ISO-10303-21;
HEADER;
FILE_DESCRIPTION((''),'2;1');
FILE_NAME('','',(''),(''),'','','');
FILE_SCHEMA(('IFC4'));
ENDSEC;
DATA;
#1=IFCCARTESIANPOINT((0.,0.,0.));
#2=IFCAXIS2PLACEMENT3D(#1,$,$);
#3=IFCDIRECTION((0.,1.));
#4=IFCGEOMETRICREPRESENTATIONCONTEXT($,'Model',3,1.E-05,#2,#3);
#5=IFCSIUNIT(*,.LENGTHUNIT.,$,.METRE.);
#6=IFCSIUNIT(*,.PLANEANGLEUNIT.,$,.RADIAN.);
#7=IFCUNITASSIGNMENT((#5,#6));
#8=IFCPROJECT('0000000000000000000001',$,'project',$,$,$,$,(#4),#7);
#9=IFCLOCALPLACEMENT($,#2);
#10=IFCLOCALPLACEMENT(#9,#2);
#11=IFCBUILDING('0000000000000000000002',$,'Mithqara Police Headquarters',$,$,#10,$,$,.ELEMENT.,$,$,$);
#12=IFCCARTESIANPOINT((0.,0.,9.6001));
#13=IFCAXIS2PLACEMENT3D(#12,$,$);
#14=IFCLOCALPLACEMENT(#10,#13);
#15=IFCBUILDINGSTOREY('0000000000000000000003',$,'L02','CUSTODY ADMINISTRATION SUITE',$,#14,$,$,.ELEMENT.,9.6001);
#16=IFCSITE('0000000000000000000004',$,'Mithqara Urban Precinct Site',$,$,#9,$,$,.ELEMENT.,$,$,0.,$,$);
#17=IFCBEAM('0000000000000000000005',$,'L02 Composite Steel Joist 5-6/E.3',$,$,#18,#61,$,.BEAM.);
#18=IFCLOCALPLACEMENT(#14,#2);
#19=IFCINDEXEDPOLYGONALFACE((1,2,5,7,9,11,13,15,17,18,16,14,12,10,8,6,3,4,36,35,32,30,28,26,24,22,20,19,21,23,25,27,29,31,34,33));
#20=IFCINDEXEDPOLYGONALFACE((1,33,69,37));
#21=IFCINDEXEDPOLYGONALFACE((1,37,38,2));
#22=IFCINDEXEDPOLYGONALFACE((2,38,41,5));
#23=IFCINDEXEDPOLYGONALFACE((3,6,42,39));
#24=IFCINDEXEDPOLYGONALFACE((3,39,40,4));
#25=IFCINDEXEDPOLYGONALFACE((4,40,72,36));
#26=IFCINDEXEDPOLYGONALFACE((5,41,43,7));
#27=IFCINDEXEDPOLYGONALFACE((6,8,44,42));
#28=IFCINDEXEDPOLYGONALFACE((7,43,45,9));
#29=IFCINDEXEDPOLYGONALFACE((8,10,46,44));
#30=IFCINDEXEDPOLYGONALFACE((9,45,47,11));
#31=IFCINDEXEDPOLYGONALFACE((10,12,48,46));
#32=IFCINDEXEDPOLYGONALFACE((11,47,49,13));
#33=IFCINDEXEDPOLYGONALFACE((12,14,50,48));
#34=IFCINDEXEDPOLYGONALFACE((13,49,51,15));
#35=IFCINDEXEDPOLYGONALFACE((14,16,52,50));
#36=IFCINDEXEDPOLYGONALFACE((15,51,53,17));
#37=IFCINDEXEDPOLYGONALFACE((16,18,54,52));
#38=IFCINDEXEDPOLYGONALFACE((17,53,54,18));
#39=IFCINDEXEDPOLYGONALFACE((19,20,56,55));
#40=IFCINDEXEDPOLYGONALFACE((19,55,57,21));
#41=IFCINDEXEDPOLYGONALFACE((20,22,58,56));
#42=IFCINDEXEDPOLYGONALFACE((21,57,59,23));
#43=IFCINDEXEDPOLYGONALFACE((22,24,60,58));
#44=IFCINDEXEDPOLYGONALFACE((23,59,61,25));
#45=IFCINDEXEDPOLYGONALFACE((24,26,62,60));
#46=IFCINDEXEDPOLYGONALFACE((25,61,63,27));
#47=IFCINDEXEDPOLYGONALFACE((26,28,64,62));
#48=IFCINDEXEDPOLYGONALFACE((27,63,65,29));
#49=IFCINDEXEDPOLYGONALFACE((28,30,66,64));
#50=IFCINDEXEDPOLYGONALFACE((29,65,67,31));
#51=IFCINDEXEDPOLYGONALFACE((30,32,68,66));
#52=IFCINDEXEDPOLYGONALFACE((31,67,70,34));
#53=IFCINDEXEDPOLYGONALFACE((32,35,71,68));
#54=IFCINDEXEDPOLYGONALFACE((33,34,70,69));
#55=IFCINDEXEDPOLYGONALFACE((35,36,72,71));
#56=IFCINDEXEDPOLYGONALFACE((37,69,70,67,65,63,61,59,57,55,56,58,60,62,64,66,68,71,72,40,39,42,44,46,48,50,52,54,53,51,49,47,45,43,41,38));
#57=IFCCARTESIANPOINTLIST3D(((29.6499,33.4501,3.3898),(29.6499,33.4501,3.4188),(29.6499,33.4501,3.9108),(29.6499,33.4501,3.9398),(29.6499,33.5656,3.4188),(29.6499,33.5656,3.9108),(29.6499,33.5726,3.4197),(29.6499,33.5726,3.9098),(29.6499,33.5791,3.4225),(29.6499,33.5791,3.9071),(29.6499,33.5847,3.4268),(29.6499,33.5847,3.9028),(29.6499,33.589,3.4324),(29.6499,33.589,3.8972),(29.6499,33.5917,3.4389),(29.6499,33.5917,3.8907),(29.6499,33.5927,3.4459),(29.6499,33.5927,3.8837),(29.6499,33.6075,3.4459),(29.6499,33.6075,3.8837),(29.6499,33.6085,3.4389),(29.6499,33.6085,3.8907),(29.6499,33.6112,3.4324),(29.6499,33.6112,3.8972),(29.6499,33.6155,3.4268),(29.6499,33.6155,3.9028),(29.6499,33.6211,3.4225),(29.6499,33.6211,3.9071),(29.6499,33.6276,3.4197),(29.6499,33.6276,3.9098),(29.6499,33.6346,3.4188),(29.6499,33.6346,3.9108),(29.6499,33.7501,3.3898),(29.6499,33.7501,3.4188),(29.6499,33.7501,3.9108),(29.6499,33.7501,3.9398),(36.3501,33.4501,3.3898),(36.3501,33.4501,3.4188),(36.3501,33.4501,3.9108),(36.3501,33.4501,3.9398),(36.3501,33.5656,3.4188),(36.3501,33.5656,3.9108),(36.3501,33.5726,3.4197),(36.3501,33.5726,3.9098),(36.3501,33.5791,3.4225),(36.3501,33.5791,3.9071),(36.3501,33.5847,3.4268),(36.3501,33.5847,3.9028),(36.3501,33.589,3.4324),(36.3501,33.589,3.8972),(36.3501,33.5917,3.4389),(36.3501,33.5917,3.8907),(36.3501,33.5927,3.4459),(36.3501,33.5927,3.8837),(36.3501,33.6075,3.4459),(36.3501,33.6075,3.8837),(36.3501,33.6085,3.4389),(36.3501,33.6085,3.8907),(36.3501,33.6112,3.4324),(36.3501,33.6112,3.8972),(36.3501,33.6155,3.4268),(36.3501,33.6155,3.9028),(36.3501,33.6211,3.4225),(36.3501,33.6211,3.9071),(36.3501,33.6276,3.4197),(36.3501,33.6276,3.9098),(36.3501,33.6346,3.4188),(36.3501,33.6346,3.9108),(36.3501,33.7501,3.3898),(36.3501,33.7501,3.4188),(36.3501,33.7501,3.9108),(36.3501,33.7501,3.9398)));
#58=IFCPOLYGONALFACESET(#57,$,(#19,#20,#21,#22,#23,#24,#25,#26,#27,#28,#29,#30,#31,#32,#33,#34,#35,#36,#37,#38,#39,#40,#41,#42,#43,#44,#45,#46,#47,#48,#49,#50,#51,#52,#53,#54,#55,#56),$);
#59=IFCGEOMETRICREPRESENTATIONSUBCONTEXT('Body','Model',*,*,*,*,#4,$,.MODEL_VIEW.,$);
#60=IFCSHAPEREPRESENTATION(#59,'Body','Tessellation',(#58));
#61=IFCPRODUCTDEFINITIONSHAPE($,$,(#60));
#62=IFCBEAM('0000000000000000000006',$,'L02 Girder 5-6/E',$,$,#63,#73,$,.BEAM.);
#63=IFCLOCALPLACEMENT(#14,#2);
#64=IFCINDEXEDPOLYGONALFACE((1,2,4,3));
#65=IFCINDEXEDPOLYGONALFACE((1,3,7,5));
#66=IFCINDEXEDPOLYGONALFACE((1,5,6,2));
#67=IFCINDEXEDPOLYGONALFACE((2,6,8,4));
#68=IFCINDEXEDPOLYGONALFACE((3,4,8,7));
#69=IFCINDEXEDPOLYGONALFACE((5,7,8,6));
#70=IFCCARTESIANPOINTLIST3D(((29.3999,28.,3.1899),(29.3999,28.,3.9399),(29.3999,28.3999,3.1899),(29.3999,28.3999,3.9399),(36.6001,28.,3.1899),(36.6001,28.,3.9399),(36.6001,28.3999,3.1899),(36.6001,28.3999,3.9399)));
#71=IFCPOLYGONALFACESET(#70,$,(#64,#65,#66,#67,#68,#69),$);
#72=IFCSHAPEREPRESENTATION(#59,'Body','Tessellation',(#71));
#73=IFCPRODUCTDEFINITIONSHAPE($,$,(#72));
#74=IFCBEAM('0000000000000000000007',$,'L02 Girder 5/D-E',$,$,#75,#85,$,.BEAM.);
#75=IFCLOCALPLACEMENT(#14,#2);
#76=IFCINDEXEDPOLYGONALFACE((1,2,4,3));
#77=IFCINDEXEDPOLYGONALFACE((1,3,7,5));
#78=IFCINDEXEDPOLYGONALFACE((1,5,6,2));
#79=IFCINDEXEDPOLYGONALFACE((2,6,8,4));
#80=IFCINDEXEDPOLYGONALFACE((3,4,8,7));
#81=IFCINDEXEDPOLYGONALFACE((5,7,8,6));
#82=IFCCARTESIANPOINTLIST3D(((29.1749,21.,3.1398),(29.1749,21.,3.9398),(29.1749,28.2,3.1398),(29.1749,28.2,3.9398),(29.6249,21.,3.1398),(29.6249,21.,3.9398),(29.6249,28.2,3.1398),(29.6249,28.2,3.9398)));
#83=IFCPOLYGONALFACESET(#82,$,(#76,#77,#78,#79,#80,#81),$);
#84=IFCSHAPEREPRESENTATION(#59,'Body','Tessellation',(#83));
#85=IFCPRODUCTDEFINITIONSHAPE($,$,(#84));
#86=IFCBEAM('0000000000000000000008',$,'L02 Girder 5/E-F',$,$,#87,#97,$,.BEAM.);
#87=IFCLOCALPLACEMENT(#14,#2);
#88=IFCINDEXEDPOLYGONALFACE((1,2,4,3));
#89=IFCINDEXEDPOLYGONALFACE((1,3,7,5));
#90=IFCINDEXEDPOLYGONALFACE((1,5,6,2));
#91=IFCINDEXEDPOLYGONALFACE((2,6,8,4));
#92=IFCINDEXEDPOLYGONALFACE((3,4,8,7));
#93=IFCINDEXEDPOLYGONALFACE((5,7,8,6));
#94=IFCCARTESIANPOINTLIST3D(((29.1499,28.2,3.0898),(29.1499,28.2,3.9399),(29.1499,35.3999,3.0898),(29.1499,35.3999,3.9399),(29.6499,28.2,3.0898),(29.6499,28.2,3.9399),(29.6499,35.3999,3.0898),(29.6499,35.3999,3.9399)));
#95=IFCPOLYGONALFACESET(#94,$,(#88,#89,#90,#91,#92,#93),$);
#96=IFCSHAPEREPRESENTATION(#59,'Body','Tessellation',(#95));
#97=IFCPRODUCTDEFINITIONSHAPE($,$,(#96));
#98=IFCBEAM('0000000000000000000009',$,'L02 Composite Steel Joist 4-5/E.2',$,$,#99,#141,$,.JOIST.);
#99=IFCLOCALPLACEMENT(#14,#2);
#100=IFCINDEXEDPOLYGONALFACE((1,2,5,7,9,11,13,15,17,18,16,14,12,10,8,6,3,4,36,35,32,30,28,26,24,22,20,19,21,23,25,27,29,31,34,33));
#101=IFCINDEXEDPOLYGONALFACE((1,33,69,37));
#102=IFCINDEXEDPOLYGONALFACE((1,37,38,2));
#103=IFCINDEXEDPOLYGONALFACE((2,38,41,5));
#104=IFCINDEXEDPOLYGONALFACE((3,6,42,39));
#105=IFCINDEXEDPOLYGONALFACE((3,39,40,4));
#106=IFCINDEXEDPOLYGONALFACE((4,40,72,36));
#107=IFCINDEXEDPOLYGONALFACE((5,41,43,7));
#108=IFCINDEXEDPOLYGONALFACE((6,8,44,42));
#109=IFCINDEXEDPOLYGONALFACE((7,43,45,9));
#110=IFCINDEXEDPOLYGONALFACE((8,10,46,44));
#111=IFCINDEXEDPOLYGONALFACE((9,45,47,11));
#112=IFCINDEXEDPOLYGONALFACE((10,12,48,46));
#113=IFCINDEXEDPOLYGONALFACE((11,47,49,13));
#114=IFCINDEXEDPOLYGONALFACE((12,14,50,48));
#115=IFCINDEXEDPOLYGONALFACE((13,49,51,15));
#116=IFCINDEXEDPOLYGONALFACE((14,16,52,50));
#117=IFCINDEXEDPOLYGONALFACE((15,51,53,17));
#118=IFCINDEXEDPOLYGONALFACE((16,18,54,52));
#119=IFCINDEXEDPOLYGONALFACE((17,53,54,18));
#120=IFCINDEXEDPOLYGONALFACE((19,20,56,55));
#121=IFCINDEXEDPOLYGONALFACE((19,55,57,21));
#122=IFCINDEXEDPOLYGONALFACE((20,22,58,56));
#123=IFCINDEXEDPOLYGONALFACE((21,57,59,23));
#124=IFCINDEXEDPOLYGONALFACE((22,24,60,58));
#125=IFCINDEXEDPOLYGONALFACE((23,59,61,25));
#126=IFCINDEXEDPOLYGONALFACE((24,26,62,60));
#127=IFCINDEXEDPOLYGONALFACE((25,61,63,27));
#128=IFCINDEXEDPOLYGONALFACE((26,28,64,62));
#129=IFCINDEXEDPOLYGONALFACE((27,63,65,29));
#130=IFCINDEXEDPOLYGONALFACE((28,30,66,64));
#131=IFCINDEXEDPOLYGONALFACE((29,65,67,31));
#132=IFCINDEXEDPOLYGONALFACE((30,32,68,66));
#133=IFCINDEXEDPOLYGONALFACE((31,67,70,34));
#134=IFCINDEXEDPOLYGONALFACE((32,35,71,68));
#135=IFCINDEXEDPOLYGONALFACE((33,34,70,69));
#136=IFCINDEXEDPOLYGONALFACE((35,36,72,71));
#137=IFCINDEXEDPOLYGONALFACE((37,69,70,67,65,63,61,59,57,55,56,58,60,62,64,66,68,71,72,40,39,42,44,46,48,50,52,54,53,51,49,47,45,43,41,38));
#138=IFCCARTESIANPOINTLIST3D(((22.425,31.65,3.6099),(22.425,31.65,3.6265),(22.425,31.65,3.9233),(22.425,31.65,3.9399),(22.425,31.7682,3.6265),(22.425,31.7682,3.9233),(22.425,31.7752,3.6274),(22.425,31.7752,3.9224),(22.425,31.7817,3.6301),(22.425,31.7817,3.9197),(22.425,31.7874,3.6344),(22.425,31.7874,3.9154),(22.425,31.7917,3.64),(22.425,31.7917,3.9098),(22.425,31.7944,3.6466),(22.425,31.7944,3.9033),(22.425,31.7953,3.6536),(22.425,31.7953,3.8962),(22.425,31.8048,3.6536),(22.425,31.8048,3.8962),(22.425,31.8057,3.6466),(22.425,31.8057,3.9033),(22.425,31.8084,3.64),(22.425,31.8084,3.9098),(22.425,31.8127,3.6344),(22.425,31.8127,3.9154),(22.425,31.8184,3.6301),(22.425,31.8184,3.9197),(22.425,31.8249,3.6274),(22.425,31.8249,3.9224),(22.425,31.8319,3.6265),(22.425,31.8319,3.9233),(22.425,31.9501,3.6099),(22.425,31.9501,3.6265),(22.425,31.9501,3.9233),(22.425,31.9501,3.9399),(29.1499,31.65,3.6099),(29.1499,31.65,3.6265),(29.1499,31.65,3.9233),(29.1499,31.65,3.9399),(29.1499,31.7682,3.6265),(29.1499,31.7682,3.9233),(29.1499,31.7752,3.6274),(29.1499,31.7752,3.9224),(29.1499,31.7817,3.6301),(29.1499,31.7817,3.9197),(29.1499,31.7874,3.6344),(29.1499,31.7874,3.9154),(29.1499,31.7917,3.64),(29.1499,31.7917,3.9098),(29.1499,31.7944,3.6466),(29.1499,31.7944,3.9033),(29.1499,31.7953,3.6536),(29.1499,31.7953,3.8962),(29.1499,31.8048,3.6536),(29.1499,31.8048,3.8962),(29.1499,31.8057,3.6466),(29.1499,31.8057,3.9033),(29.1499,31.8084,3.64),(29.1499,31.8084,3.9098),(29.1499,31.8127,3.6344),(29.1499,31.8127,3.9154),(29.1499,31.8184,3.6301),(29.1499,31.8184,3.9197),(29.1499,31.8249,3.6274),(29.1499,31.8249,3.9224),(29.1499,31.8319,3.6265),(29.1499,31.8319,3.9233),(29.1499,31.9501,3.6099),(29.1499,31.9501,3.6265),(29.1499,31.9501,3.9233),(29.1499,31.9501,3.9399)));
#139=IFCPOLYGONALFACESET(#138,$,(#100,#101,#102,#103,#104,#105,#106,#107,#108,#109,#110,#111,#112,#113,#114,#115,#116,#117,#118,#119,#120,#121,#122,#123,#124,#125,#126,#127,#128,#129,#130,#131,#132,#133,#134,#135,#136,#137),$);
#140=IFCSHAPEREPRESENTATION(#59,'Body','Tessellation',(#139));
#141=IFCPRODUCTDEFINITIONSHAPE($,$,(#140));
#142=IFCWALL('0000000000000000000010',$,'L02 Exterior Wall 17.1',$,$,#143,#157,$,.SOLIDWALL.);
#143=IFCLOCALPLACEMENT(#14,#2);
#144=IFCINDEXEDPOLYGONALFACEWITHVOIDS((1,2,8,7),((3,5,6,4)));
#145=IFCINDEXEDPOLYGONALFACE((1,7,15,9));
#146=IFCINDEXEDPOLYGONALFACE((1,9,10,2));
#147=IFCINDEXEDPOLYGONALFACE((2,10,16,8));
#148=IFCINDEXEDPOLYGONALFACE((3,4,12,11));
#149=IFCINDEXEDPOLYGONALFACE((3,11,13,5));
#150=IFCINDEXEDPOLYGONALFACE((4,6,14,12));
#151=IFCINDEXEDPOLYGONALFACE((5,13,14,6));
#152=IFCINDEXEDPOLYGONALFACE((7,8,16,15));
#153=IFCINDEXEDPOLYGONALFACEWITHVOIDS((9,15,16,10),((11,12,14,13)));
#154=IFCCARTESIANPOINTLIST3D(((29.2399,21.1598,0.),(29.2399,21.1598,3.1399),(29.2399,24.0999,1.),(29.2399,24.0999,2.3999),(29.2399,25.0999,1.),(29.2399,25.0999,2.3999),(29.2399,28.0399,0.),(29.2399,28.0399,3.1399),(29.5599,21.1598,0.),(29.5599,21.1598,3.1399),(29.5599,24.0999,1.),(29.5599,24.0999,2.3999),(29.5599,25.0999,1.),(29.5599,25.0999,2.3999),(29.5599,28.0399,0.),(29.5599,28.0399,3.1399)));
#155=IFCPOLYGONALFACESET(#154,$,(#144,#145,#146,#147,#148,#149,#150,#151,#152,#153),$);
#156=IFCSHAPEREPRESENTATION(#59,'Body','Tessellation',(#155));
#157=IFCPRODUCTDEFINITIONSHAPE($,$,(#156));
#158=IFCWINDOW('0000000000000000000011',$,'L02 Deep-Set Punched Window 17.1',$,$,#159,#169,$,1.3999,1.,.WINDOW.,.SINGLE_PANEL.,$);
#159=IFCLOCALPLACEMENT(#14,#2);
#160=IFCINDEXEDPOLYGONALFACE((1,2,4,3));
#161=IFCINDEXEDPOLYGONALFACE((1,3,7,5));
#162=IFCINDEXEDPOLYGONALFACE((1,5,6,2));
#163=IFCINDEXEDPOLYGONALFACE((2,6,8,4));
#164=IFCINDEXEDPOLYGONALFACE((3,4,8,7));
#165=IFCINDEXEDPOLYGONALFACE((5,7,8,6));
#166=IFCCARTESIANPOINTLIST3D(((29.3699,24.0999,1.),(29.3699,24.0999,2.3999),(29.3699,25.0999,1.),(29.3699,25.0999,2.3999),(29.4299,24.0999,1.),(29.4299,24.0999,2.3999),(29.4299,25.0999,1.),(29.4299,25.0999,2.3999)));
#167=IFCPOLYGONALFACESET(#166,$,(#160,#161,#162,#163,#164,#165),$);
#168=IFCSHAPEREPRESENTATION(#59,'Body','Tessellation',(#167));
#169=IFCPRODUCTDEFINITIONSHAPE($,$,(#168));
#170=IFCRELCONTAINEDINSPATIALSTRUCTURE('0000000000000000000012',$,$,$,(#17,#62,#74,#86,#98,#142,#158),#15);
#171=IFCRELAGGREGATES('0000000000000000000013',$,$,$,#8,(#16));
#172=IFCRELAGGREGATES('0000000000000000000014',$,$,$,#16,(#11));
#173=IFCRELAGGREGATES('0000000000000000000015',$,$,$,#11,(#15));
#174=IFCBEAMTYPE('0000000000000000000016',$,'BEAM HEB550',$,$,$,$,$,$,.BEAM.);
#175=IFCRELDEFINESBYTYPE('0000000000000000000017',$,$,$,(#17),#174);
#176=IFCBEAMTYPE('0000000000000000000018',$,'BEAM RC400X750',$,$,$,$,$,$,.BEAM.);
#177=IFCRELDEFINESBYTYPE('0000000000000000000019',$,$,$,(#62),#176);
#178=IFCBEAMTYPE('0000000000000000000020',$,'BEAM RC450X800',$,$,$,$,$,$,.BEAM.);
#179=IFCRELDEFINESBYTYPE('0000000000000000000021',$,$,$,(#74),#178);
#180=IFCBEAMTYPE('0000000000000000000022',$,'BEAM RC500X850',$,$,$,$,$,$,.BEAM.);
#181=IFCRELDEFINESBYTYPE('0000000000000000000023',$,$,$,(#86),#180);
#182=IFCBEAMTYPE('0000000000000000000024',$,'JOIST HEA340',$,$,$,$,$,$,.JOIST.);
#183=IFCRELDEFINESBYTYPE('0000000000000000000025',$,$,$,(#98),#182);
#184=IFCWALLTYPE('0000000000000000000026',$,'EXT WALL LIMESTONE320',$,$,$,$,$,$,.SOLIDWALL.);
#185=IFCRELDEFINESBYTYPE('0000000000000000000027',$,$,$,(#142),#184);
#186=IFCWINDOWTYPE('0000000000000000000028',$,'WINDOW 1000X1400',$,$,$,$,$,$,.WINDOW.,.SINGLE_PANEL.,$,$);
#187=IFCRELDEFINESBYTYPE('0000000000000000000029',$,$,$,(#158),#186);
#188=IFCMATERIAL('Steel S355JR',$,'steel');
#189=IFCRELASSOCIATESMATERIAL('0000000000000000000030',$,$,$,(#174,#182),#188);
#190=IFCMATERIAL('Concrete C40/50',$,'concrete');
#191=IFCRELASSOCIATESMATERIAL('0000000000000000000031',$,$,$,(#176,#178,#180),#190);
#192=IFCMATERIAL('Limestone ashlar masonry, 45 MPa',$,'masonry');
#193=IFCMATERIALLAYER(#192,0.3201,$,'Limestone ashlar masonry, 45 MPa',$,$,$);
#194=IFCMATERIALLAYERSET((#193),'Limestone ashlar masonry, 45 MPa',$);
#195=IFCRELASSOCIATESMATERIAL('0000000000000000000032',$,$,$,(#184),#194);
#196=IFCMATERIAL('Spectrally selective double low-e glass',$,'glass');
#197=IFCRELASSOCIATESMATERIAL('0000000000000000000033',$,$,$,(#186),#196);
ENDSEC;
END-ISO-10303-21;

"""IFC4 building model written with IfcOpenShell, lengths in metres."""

from ifc_helpers import new_model, si_unit, direction, frame, frame_2d, origin, origin_2d, place, context, subcontext, project, spatial, rectangle, i_section, extrude, material, layer, layer_set, material_profile, profile_set, type_object, element, fill, save


model = new_model("IFC4")

# Units and contexts
model_context = context("Model", 3, precision=1e-05, world=origin(), true_north=direction((0.0, 1.0)))
body_context = subcontext(model_context, "Body", "Model", "MODEL_VIEW")
ifc_project = project(units=[si_unit("LENGTHUNIT", "METRE"), si_unit("PLANEANGLEUNIT", "RADIAN")], contexts=[model_context])

# Site, building, storey
site_placement = place(None, origin())
site = spatial("IfcSite", under=ifc_project, at=site_placement, Name="Mithqara Urban Precinct Site", CompositionType="ELEMENT", RefElevation=0.0)
building_placement = place(site_placement, origin())
building = spatial("IfcBuilding", under=site, at=building_placement, Name="Mithqara Police Headquarters", CompositionType="ELEMENT")
storey_placement = place(building_placement, frame((0.0, 0.0, 9.6001)))
storey = spatial("IfcBuildingStorey", under=building, at=storey_placement, Name="L02", Description="CUSTODY ADMINISTRATION SUITE", CompositionType="ELEMENT", Elevation=9.6001)

# Beams
ifc_material_1 = material(Name="Steel S355JR", Category="steel")
ifc_material_profile_1 = material_profile(ifc_material_1, i_section(OverallWidth=0.3, OverallDepth=0.55, WebThickness=0.0149, FlangeThickness=0.0291, FilletRadius=0.0271, at=origin_2d()), Name="HEB 550")
ifc_profile_set_1 = profile_set([ifc_material_profile_1], Name="Steel S355JR")
beam_type_1 = type_object("IfcBeamType", Name="BEAM HEB550", PredefinedType="BEAM", material=ifc_profile_set_1)
for number, where, z_axis, x_axis, name in (
    (1, (29.6499, 33.6001, 3.6648), (1.0, 0.0, 0.0), (0.0, 1.0, 0.0), "L02 Composite Steel Joist 5-6/E.3"),
):
    element("IfcBeam", number, at=place(storey_placement, frame(where, z_axis=z_axis, x_axis=x_axis)), inside=storey, type_object=beam_type_1, Name=name, PredefinedType="BEAM", context=body_context, shape_type="SweptSolid", body=[
        extrude(i_section(OverallWidth=0.3, OverallDepth=0.55, WebThickness=0.0149, FlangeThickness=0.0291, FilletRadius=0.0271, at=origin_2d()), origin(), (0.0, 0.0, 1.0), 6.7002),
    ])
ifc_material_2 = material(Name="Concrete C40/50", Category="concrete")
ifc_material_profile_2 = material_profile(ifc_material_2, rectangle(XDim=0.3999, YDim=0.75, at=origin_2d()), Name="RC 400x750")
ifc_profile_set_2 = profile_set([ifc_material_profile_2], Name="Concrete C40/50")
beam_type_2 = type_object("IfcBeamType", Name="BEAM RC400X750", PredefinedType="BEAM", material=ifc_profile_set_2)
beam_1_placement = place(storey_placement, frame((29.3999, 28.2, 3.5649), z_axis=(1.0, 0.0, 0.0), x_axis=(0.0, 1.0, 0.0)))
element("IfcBeam", 2, at=beam_1_placement, inside=storey, type_object=beam_type_2, Name="L02 Girder 5-6/E", PredefinedType="BEAM", context=body_context, shape_type="SweptSolid", body=[
    extrude(rectangle(XDim=0.3999, YDim=0.75, at=origin_2d()), origin(), (0.0, 0.0, 1.0), 7.2002),
])
ifc_material_profile_3 = material_profile(ifc_material_2, rectangle(XDim=0.45, YDim=0.8, at=origin_2d()), Name="RC 450x800")
ifc_profile_set_3 = profile_set([ifc_material_profile_3], Name="Concrete C40/50")
beam_type_3 = type_object("IfcBeamType", Name="BEAM RC450X800", PredefinedType="BEAM", material=ifc_profile_set_3)
beam_2_placement = place(storey_placement, frame((29.3999, 21.0, 3.5398), z_axis=(0.0, 1.0, 0.0), x_axis=(-1.0, 0.0, 0.0)))
element("IfcBeam", 3, at=beam_2_placement, inside=storey, type_object=beam_type_3, Name="L02 Girder 5/D-E", PredefinedType="BEAM", context=body_context, shape_type="SweptSolid", body=[
    extrude(rectangle(XDim=0.45, YDim=0.8, at=origin_2d()), origin(), (0.0, 0.0, 1.0), 7.2),
])
ifc_material_profile_4 = material_profile(ifc_material_2, rectangle(XDim=0.5, YDim=0.8501, at=origin_2d()), Name="RC 500x850")
ifc_profile_set_4 = profile_set([ifc_material_profile_4], Name="Concrete C40/50")
beam_type_4 = type_object("IfcBeamType", Name="BEAM RC500X850", PredefinedType="BEAM", material=ifc_profile_set_4)
beam_3_placement = place(storey_placement, frame((29.3999, 28.2, 3.5149), z_axis=(0.0, 1.0, 0.0), x_axis=(-1.0, 0.0, 0.0)))
element("IfcBeam", 4, at=beam_3_placement, inside=storey, type_object=beam_type_4, Name="L02 Girder 5/E-F", PredefinedType="BEAM", context=body_context, shape_type="SweptSolid", body=[
    extrude(rectangle(XDim=0.5, YDim=0.8501, at=origin_2d()), origin(), (0.0, 0.0, 1.0), 7.2),
])
ifc_material_profile_5 = material_profile(ifc_material_1, i_section(OverallWidth=0.3, OverallDepth=0.3301, WebThickness=0.0095, FlangeThickness=0.0166, FilletRadius=0.0271, at=origin_2d()), Name="HEA 340")
ifc_profile_set_5 = profile_set([ifc_material_profile_5], Name="Steel S355JR")
beam_type_5 = type_object("IfcBeamType", Name="JOIST HEA340", PredefinedType="JOIST", material=ifc_profile_set_5)
beam_4_placement = place(storey_placement, frame((22.425, 31.8, 3.7749), z_axis=(1.0, 0.0, 0.0), x_axis=(0.0, 1.0, 0.0)))
element("IfcBeam", 5, at=beam_4_placement, inside=storey, type_object=beam_type_5, Name="L02 Composite Steel Joist 4-5/E.2", PredefinedType="JOIST", context=body_context, shape_type="SweptSolid", body=[
    extrude(i_section(OverallWidth=0.3, OverallDepth=0.3301, WebThickness=0.0095, FlangeThickness=0.0166, FilletRadius=0.0271, at=origin_2d()), origin(), (0.0, 0.0, 1.0), 6.7249),
])

# Wall, opening, window
ifc_material_3 = material(Name="Limestone ashlar masonry, 45 MPa", Category="masonry")
ifc_layer_1 = layer(ifc_material_3, 0.3201, Name="Limestone ashlar masonry, 45 MPa")
ifc_layer_set_1 = layer_set([ifc_layer_1], Name="Limestone ashlar masonry, 45 MPa")
wall_type_1 = type_object("IfcWallType", Name="EXT WALL LIMESTONE320", PredefinedType="SOLIDWALL", material=ifc_layer_set_1)
wall_1_placement = place(storey_placement, frame((29.3999, 21.1599, 0.0), z_axis=(0.0, 0.0, 1.0), x_axis=(0.0, 1.0, 0.0)))
wall_1 = element("IfcWall", 6, at=wall_1_placement, inside=storey, type_object=wall_type_1, Name="L02 Exterior Wall 17.1", PredefinedType="SOLIDWALL", context=body_context, shape_type="SweptSolid", body=[
    extrude(rectangle(XDim=6.8801, YDim=0.3201, at=frame_2d((3.4399, 0.0))), origin(), (0.0, 0.0, 1.0), 3.1399),
])
opening_1_placement = place(wall_1_placement, frame((2.9399, 0.0, 1.0)))
opening_1 = element("IfcOpeningElement", 7, at=opening_1_placement, cuts=wall_1, PredefinedType="OPENING", context=body_context, shape_type="SweptSolid", body=[
    extrude(rectangle(XDim=1.0, YDim=1.3999, at=frame_2d((0.5, 0.7))), frame((0.0, 0.1699, 0.0), z_axis=(0.0, -1.0, 0.0), x_axis=(1.0, 0.0, 0.0)), (0.0, 0.0, 1.0), 0.3401),
])
ifc_material_4 = material(Name="Spectrally selective double low-e glass", Category="glass")
window_type_1 = type_object("IfcWindowType", Name="WINDOW 1000X1400", PartitioningType="SINGLE_PANEL", PredefinedType="WINDOW", material=ifc_material_4)
window_1_placement = place(opening_1_placement, origin())
window_1 = element("IfcWindow", 8, at=window_1_placement, inside=storey, type_object=window_type_1, Name="L02 Deep-Set Punched Window 17.1", OverallHeight=1.3999, OverallWidth=1.0, PartitioningType="SINGLE_PANEL", PredefinedType="WINDOW", context=body_context, shape_type="SweptSolid", body=[
    extrude(rectangle(XDim=1.0, YDim=1.3999, at=frame_2d((0.5, 0.7))), frame((0.0, 0.03, 0.0), z_axis=(0.0, -1.0, 0.0), x_axis=(1.0, 0.0, 0.0)), (0.0, 0.0, 1.0), 0.0601),
])
fill(opening_1, window_1)

save(model, "model.ifc")
